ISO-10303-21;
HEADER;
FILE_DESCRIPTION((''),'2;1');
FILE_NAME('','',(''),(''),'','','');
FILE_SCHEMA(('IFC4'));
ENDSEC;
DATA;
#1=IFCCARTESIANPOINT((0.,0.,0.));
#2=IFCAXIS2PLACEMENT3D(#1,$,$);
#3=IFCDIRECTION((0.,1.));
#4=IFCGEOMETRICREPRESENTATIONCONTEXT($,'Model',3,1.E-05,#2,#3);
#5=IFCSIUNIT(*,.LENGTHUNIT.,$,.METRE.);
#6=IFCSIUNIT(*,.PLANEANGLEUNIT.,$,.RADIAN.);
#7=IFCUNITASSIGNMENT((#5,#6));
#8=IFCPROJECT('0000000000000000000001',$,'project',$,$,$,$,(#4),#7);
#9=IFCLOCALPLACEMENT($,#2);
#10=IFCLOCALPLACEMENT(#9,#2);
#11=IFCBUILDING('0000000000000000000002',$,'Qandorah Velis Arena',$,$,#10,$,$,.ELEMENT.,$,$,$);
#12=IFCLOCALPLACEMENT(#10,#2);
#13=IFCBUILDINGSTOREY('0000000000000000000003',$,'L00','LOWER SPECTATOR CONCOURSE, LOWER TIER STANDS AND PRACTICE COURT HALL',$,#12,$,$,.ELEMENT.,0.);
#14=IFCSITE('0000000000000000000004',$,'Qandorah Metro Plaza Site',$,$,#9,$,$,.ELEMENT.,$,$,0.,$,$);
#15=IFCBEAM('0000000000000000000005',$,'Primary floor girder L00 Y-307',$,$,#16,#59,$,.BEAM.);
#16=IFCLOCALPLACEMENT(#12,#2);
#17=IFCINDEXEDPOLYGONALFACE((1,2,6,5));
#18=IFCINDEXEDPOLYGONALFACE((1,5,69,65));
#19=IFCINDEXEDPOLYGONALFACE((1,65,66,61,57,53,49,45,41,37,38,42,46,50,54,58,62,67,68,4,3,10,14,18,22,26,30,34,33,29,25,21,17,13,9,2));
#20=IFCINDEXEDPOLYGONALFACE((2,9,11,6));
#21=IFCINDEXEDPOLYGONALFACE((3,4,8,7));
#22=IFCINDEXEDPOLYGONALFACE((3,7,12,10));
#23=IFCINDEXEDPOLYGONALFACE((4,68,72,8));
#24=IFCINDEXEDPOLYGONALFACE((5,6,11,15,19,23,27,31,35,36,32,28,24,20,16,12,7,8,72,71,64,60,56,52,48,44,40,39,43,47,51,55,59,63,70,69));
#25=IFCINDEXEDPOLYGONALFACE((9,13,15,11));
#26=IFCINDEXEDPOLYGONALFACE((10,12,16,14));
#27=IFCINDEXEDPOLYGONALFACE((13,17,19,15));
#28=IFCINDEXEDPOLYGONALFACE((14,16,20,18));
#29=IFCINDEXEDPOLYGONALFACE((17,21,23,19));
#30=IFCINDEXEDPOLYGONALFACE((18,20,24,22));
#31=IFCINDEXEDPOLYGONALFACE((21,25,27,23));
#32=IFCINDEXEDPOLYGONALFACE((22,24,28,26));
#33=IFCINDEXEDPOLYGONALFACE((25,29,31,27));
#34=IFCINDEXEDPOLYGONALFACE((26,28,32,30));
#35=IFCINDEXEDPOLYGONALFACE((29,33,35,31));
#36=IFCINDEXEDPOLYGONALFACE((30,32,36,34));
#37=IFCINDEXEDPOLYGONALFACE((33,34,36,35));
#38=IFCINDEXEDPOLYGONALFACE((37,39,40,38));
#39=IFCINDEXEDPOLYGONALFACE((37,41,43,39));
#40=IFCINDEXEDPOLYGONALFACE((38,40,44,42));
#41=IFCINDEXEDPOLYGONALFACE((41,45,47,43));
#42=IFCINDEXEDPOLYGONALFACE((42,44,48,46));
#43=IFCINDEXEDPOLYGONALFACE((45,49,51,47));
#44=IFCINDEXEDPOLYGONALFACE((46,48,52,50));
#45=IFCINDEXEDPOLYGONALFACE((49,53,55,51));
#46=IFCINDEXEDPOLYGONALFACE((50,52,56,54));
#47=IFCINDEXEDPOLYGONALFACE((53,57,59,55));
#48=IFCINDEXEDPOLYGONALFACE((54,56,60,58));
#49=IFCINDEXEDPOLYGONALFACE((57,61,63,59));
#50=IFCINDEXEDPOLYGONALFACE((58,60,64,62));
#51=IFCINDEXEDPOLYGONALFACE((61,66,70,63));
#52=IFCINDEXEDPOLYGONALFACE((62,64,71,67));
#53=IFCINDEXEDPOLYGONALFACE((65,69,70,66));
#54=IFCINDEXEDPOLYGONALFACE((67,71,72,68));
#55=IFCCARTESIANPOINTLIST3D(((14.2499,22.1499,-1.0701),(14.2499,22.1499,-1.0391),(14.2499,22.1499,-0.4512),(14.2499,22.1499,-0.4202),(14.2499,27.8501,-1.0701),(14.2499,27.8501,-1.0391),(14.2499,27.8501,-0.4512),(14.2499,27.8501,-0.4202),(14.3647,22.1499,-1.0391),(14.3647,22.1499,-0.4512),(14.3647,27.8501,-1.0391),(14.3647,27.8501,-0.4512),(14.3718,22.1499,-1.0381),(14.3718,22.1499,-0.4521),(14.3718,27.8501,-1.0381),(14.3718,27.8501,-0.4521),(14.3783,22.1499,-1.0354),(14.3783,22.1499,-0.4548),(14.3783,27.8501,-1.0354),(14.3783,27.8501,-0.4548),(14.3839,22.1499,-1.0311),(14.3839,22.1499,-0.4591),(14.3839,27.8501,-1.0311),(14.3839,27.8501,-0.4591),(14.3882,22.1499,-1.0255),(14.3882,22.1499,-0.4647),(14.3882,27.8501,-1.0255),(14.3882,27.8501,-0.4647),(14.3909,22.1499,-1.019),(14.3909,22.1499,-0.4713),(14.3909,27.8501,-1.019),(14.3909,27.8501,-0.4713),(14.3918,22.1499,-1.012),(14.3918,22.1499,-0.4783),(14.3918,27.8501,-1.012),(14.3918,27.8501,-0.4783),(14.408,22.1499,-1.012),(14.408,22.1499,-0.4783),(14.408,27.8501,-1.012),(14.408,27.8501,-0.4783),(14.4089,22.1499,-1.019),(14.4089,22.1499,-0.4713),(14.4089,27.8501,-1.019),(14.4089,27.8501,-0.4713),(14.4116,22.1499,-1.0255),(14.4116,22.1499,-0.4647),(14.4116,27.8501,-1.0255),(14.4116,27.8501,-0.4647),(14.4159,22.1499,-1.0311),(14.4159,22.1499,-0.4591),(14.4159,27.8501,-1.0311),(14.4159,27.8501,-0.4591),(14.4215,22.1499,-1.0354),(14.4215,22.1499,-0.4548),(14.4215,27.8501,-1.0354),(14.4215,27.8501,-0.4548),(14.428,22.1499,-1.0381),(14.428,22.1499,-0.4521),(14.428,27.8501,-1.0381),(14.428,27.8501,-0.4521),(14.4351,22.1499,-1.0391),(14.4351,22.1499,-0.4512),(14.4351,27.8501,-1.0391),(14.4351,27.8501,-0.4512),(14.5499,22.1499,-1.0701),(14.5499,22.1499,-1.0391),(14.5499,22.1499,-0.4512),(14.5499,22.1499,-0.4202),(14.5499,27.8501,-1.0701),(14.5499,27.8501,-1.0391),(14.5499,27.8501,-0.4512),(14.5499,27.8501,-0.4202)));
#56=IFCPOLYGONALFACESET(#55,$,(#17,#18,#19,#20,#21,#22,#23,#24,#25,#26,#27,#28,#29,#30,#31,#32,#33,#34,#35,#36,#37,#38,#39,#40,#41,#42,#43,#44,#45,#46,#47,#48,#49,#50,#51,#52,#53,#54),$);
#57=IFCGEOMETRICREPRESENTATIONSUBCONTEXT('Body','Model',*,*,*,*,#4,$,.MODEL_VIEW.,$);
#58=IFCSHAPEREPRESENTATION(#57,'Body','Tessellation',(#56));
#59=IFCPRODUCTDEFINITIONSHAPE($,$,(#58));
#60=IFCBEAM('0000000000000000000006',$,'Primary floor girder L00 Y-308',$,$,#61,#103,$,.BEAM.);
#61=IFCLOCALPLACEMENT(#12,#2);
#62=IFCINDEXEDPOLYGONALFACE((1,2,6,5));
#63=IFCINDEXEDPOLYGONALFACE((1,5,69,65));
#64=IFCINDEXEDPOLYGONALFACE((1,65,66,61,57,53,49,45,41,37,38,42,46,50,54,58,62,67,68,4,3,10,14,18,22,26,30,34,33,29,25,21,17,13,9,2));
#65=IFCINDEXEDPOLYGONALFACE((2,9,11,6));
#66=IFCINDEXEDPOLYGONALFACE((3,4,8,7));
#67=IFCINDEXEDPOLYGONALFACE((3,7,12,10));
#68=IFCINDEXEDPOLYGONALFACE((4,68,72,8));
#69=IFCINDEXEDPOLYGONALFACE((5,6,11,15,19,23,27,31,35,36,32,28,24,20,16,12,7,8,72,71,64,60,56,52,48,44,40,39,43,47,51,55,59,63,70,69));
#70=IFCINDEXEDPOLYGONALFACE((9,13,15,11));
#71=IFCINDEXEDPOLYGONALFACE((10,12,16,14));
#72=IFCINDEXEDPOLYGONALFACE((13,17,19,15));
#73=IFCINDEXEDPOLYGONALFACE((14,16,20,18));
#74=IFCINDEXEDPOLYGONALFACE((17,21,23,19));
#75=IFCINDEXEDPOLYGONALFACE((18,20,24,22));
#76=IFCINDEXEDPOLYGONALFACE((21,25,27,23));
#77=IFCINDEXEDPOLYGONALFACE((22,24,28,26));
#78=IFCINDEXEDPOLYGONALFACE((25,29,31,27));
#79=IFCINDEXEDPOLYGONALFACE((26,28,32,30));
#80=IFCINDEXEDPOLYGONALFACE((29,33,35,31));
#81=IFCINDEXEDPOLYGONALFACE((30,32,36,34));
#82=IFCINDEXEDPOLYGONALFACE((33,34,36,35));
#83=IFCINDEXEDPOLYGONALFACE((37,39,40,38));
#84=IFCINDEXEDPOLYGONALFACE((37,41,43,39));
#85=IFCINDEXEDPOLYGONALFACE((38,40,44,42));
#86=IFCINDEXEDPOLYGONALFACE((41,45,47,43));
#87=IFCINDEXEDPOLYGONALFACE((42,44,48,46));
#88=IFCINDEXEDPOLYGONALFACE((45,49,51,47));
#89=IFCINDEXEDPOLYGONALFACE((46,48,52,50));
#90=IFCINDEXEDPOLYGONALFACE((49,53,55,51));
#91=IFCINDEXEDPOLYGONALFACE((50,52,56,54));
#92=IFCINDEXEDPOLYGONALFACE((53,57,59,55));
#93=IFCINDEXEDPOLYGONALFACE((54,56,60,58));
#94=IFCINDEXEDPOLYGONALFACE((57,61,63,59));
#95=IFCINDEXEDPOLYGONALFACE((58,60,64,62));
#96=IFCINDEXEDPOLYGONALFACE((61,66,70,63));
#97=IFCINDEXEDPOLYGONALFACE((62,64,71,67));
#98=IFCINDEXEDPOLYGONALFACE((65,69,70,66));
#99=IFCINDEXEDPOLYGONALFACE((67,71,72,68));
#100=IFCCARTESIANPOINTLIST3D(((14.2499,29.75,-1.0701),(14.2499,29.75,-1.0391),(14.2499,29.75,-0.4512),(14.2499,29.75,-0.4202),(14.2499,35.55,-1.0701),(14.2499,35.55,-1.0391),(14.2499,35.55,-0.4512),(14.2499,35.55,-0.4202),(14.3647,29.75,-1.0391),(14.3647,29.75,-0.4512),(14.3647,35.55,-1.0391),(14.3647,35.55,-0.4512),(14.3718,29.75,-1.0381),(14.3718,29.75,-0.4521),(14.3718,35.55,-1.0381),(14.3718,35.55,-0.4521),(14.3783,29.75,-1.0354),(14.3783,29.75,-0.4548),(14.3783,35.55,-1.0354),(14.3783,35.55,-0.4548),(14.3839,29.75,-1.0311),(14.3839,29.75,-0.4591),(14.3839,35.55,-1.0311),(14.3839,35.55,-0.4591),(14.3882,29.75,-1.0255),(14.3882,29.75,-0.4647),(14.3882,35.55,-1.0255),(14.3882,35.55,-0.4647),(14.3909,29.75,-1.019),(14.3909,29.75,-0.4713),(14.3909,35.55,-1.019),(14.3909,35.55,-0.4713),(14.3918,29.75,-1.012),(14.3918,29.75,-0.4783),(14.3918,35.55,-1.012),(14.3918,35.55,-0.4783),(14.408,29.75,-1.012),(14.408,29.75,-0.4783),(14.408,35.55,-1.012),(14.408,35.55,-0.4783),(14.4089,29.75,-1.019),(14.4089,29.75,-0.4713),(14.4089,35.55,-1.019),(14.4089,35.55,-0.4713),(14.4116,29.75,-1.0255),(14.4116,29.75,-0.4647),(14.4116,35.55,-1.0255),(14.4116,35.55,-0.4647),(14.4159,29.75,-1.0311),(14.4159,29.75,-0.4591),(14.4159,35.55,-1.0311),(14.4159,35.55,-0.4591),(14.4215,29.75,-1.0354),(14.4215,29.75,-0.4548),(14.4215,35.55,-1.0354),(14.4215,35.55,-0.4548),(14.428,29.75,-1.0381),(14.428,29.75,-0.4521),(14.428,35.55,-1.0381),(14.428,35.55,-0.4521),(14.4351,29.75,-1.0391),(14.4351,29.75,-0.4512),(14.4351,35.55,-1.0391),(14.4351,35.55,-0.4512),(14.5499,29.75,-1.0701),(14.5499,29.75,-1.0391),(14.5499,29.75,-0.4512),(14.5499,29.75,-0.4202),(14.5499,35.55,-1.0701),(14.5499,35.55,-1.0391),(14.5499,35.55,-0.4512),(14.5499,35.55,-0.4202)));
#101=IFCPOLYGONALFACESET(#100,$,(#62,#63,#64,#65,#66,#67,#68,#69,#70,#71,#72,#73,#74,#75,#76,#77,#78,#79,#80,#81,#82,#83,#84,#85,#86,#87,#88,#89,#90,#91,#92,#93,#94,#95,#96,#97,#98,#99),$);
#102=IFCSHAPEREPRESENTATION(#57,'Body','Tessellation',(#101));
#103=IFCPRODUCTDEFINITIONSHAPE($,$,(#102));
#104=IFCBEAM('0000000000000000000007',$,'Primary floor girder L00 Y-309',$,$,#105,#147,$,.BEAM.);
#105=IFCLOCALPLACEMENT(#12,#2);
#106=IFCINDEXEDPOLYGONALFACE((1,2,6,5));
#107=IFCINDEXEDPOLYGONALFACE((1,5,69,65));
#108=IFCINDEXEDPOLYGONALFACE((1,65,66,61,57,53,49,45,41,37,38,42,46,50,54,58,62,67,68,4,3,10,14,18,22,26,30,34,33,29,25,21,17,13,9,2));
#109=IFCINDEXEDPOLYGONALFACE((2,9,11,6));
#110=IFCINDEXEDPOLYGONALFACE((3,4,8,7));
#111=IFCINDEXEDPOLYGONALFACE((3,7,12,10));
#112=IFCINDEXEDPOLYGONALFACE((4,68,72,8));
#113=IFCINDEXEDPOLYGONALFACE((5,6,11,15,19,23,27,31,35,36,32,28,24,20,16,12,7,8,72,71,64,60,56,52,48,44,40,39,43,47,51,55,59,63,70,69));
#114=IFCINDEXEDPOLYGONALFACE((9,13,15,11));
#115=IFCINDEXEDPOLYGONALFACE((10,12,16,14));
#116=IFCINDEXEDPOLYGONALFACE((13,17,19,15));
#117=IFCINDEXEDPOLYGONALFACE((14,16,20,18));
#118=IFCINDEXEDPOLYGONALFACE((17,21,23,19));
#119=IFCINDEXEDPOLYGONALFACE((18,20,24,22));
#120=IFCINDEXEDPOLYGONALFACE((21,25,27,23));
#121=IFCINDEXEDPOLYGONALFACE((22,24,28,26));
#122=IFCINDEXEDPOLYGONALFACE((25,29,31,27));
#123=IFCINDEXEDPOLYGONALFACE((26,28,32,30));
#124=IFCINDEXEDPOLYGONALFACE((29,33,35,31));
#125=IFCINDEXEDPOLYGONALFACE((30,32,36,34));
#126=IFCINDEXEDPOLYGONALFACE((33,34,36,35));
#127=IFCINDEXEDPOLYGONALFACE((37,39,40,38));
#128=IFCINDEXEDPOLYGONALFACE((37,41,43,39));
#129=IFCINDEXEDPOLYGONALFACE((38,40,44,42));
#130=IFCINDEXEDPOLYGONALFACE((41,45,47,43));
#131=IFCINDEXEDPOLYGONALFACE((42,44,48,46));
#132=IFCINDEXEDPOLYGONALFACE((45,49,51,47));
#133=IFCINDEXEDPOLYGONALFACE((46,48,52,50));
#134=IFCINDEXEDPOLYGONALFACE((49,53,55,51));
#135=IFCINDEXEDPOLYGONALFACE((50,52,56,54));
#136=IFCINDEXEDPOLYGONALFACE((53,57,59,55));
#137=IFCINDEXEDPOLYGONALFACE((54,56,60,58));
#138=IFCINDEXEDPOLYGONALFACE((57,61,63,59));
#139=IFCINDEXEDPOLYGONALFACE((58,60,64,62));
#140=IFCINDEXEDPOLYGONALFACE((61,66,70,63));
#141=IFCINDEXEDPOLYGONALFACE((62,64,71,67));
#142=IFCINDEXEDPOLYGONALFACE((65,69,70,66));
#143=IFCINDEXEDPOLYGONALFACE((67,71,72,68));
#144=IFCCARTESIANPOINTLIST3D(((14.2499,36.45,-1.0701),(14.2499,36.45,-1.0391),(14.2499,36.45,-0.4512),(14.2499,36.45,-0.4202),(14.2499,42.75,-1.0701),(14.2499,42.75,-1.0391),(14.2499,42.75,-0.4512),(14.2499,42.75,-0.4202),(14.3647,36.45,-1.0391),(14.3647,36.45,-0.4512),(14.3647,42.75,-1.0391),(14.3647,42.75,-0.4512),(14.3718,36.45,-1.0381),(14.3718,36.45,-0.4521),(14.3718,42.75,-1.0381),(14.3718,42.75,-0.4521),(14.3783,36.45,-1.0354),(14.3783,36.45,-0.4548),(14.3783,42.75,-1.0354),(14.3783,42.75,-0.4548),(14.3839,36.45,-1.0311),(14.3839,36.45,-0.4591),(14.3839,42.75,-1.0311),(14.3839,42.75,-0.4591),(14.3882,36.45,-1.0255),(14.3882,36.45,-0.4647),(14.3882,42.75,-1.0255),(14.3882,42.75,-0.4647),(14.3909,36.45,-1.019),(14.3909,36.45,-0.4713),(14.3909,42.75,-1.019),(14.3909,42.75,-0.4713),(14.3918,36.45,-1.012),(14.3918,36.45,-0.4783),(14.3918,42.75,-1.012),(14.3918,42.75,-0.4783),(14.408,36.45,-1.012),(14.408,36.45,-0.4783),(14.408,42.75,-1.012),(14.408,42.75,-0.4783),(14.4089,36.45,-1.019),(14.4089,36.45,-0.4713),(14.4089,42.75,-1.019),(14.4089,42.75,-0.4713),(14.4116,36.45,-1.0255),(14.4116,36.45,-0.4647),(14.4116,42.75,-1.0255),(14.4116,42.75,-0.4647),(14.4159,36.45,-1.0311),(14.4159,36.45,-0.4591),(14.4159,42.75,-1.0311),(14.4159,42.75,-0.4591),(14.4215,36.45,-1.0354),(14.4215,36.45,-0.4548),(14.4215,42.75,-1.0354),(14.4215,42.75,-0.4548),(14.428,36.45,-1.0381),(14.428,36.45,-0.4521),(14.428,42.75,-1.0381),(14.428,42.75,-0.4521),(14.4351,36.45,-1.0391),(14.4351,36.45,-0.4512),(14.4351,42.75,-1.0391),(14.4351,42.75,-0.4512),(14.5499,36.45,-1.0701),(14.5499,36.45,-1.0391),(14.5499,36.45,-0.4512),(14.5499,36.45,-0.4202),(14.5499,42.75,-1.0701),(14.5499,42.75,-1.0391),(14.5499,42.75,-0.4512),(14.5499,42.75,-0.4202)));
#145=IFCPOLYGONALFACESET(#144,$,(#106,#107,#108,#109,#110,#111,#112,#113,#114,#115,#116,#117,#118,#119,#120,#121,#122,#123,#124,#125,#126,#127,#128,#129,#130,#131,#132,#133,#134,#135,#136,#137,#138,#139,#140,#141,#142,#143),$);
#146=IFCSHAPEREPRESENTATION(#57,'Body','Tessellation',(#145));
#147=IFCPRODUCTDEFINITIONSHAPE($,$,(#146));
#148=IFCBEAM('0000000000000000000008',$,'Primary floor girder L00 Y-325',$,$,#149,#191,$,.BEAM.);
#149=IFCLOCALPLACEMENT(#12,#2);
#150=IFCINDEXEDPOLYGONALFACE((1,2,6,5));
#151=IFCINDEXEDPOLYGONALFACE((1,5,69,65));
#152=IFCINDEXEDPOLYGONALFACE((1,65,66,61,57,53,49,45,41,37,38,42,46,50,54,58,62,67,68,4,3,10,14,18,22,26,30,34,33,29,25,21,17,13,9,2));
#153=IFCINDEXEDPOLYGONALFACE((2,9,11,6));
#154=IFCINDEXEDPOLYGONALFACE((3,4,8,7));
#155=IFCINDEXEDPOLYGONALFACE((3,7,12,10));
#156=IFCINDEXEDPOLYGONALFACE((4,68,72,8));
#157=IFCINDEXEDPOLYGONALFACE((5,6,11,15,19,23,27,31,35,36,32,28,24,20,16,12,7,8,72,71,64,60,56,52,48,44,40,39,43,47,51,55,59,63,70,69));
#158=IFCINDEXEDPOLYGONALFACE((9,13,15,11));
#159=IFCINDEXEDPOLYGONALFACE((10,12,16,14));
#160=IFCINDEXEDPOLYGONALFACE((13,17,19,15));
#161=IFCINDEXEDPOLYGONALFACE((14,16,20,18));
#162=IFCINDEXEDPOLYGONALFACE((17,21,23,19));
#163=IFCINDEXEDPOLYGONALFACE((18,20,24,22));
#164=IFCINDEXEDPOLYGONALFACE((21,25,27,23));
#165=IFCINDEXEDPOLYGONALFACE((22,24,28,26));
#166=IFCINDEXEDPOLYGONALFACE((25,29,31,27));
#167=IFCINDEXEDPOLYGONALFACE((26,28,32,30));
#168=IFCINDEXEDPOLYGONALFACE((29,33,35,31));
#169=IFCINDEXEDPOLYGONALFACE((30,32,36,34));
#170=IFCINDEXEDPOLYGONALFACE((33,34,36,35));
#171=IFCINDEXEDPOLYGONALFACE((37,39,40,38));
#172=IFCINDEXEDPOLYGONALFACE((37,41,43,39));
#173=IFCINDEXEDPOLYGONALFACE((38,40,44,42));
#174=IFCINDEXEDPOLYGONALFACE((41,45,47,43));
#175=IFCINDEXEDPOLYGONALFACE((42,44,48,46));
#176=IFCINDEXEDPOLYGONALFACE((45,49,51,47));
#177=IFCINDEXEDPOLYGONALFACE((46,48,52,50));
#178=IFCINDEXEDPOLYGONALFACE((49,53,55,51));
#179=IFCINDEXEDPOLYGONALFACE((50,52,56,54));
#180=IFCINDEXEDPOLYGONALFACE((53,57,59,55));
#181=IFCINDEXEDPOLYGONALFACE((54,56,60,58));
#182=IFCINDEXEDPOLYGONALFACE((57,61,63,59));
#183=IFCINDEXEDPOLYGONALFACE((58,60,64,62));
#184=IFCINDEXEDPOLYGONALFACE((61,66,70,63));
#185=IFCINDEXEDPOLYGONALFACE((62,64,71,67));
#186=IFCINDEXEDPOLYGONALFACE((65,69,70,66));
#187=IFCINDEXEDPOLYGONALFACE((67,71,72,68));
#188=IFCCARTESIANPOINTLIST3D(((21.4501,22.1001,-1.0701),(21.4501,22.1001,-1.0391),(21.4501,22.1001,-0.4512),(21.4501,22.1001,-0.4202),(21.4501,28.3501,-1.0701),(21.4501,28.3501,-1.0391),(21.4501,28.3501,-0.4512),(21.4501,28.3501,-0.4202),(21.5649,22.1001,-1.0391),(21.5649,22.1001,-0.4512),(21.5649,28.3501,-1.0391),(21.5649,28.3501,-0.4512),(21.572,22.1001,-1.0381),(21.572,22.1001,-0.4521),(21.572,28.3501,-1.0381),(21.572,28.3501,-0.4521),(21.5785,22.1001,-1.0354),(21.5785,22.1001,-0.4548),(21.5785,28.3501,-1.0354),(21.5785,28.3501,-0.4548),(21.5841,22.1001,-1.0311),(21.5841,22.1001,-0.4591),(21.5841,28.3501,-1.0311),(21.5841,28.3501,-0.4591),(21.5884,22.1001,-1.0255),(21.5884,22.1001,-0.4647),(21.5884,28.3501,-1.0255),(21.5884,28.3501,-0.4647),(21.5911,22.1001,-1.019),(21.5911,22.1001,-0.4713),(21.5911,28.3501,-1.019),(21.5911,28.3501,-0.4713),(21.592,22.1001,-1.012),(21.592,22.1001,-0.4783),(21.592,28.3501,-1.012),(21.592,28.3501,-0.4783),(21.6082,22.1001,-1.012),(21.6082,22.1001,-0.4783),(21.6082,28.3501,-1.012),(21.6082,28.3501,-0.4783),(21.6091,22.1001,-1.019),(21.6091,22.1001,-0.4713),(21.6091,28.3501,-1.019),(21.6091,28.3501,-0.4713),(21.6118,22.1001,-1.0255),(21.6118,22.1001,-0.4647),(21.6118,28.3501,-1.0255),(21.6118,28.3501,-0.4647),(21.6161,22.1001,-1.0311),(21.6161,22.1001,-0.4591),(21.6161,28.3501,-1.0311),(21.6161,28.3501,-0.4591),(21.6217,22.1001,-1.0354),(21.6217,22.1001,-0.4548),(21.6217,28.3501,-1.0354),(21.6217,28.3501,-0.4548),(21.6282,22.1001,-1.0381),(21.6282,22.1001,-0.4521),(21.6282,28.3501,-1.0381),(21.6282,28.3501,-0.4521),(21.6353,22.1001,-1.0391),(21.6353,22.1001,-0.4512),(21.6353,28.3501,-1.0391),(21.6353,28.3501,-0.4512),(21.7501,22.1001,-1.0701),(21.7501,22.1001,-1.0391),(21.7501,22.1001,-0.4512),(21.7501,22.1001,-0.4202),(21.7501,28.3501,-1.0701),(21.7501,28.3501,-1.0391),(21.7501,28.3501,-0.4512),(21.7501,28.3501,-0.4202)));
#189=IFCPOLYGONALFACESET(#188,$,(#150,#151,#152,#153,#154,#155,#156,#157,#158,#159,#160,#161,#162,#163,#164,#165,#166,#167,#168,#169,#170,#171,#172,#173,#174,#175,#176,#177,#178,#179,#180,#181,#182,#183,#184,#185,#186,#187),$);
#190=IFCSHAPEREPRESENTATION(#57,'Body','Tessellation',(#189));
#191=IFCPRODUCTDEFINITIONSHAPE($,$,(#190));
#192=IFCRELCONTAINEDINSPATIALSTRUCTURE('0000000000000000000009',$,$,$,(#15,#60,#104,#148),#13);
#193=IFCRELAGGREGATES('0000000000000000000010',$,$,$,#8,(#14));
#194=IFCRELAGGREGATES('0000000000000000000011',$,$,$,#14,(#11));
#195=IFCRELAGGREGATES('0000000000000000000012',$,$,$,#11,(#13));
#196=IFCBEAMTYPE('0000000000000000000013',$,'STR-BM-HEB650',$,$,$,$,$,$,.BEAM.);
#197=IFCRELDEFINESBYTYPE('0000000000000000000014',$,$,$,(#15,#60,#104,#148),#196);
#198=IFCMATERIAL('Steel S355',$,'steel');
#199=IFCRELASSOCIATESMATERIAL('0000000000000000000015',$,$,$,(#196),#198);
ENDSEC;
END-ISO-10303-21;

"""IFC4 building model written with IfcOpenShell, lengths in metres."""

from ifc_helpers import new_model, si_unit, direction, frame, origin, origin_2d, place, context, subcontext, project, spatial, i_section, extrude, material, material_profile, profile_set, type_object, element, save


model = new_model("IFC4")

# Units and contexts
model_context = context("Model", 3, precision=1e-05, world=origin(), true_north=direction((0.0, 1.0)))
body_context = subcontext(model_context, "Body", "Model", "MODEL_VIEW")
ifc_project = project(units=[si_unit("LENGTHUNIT", "METRE"), si_unit("PLANEANGLEUNIT", "RADIAN")], contexts=[model_context])

# Site, building, storey
site_placement = place(None, origin())
site = spatial("IfcSite", under=ifc_project, at=site_placement, Name="Qandorah Metro Plaza Site", CompositionType="ELEMENT", RefElevation=0.0)
building_placement = place(site_placement, origin())
building = spatial("IfcBuilding", under=site, at=building_placement, Name="Qandorah Velis Arena", CompositionType="ELEMENT")
storey_placement = place(building_placement, origin())
storey = spatial("IfcBuildingStorey", under=building, at=storey_placement, Name="L00", Description="LOWER SPECTATOR CONCOURSE, LOWER TIER STANDS AND PRACTICE COURT HALL", CompositionType="ELEMENT", Elevation=0.0)

# Beams
ifc_material_1 = material(Name="Steel S355", Category="steel")
ifc_material_profile_1 = material_profile(ifc_material_1, i_section(OverallWidth=0.3, OverallDepth=0.6499, WebThickness=0.0161, FlangeThickness=0.031, FilletRadius=0.0271, at=origin_2d()), Name="HEB 650")
ifc_profile_set_1 = profile_set([ifc_material_profile_1], Name="Steel S355")
beam_type_1 = type_object("IfcBeamType", Name="STR-BM-HEB650", PredefinedType="BEAM", material=ifc_profile_set_1)
beam_1_placement = place(storey_placement, frame((14.3999, 22.1499, -0.7451), z_axis=(0.0, 1.0, 0.0), x_axis=(-1.0, 0.0, 0.0)))
element("IfcBeam", 1, at=beam_1_placement, inside=storey, type_object=beam_type_1, Name="Primary floor girder L00 Y-307", PredefinedType="BEAM", context=body_context, shape_type="SweptSolid", body=[
    extrude(i_section(OverallWidth=0.3, OverallDepth=0.6499, WebThickness=0.0161, FlangeThickness=0.031, FilletRadius=0.0271, at=origin_2d()), origin(), (0.0, 0.0, 1.0), 5.7002),
])
beam_2_placement = place(storey_placement, frame((14.3999, 29.75, -0.7451), z_axis=(0.0, 1.0, 0.0), x_axis=(-1.0, 0.0, 0.0)))
element("IfcBeam", 2, at=beam_2_placement, inside=storey, type_object=beam_type_1, Name="Primary floor girder L00 Y-308", PredefinedType="BEAM", context=body_context, shape_type="SweptSolid", body=[
    extrude(i_section(OverallWidth=0.3, OverallDepth=0.6499, WebThickness=0.0161, FlangeThickness=0.031, FilletRadius=0.0271, at=origin_2d()), origin(), (0.0, 0.0, 1.0), 5.8),
])
beam_3_placement = place(storey_placement, frame((14.3999, 36.45, -0.7451), z_axis=(0.0, 1.0, 0.0), x_axis=(-1.0, 0.0, 0.0)))
element("IfcBeam", 3, at=beam_3_placement, inside=storey, type_object=beam_type_1, Name="Primary floor girder L00 Y-309", PredefinedType="BEAM", context=body_context, shape_type="SweptSolid", body=[
    extrude(i_section(OverallWidth=0.3, OverallDepth=0.6499, WebThickness=0.0161, FlangeThickness=0.031, FilletRadius=0.0271, at=origin_2d()), origin(), (0.0, 0.0, 1.0), 6.3),
])
beam_4_placement = place(storey_placement, frame((21.6001, 22.1001, -0.7451), z_axis=(0.0, 1.0, 0.0), x_axis=(-1.0, 0.0, 0.0)))
element("IfcBeam", 4, at=beam_4_placement, inside=storey, type_object=beam_type_1, Name="Primary floor girder L00 Y-325", PredefinedType="BEAM", context=body_context, shape_type="SweptSolid", body=[
    extrude(i_section(OverallWidth=0.3, OverallDepth=0.6499, WebThickness=0.0161, FlangeThickness=0.031, FilletRadius=0.0271, at=origin_2d()), origin(), (0.0, 0.0, 1.0), 6.25),
])

save(model, "model.ifc")
